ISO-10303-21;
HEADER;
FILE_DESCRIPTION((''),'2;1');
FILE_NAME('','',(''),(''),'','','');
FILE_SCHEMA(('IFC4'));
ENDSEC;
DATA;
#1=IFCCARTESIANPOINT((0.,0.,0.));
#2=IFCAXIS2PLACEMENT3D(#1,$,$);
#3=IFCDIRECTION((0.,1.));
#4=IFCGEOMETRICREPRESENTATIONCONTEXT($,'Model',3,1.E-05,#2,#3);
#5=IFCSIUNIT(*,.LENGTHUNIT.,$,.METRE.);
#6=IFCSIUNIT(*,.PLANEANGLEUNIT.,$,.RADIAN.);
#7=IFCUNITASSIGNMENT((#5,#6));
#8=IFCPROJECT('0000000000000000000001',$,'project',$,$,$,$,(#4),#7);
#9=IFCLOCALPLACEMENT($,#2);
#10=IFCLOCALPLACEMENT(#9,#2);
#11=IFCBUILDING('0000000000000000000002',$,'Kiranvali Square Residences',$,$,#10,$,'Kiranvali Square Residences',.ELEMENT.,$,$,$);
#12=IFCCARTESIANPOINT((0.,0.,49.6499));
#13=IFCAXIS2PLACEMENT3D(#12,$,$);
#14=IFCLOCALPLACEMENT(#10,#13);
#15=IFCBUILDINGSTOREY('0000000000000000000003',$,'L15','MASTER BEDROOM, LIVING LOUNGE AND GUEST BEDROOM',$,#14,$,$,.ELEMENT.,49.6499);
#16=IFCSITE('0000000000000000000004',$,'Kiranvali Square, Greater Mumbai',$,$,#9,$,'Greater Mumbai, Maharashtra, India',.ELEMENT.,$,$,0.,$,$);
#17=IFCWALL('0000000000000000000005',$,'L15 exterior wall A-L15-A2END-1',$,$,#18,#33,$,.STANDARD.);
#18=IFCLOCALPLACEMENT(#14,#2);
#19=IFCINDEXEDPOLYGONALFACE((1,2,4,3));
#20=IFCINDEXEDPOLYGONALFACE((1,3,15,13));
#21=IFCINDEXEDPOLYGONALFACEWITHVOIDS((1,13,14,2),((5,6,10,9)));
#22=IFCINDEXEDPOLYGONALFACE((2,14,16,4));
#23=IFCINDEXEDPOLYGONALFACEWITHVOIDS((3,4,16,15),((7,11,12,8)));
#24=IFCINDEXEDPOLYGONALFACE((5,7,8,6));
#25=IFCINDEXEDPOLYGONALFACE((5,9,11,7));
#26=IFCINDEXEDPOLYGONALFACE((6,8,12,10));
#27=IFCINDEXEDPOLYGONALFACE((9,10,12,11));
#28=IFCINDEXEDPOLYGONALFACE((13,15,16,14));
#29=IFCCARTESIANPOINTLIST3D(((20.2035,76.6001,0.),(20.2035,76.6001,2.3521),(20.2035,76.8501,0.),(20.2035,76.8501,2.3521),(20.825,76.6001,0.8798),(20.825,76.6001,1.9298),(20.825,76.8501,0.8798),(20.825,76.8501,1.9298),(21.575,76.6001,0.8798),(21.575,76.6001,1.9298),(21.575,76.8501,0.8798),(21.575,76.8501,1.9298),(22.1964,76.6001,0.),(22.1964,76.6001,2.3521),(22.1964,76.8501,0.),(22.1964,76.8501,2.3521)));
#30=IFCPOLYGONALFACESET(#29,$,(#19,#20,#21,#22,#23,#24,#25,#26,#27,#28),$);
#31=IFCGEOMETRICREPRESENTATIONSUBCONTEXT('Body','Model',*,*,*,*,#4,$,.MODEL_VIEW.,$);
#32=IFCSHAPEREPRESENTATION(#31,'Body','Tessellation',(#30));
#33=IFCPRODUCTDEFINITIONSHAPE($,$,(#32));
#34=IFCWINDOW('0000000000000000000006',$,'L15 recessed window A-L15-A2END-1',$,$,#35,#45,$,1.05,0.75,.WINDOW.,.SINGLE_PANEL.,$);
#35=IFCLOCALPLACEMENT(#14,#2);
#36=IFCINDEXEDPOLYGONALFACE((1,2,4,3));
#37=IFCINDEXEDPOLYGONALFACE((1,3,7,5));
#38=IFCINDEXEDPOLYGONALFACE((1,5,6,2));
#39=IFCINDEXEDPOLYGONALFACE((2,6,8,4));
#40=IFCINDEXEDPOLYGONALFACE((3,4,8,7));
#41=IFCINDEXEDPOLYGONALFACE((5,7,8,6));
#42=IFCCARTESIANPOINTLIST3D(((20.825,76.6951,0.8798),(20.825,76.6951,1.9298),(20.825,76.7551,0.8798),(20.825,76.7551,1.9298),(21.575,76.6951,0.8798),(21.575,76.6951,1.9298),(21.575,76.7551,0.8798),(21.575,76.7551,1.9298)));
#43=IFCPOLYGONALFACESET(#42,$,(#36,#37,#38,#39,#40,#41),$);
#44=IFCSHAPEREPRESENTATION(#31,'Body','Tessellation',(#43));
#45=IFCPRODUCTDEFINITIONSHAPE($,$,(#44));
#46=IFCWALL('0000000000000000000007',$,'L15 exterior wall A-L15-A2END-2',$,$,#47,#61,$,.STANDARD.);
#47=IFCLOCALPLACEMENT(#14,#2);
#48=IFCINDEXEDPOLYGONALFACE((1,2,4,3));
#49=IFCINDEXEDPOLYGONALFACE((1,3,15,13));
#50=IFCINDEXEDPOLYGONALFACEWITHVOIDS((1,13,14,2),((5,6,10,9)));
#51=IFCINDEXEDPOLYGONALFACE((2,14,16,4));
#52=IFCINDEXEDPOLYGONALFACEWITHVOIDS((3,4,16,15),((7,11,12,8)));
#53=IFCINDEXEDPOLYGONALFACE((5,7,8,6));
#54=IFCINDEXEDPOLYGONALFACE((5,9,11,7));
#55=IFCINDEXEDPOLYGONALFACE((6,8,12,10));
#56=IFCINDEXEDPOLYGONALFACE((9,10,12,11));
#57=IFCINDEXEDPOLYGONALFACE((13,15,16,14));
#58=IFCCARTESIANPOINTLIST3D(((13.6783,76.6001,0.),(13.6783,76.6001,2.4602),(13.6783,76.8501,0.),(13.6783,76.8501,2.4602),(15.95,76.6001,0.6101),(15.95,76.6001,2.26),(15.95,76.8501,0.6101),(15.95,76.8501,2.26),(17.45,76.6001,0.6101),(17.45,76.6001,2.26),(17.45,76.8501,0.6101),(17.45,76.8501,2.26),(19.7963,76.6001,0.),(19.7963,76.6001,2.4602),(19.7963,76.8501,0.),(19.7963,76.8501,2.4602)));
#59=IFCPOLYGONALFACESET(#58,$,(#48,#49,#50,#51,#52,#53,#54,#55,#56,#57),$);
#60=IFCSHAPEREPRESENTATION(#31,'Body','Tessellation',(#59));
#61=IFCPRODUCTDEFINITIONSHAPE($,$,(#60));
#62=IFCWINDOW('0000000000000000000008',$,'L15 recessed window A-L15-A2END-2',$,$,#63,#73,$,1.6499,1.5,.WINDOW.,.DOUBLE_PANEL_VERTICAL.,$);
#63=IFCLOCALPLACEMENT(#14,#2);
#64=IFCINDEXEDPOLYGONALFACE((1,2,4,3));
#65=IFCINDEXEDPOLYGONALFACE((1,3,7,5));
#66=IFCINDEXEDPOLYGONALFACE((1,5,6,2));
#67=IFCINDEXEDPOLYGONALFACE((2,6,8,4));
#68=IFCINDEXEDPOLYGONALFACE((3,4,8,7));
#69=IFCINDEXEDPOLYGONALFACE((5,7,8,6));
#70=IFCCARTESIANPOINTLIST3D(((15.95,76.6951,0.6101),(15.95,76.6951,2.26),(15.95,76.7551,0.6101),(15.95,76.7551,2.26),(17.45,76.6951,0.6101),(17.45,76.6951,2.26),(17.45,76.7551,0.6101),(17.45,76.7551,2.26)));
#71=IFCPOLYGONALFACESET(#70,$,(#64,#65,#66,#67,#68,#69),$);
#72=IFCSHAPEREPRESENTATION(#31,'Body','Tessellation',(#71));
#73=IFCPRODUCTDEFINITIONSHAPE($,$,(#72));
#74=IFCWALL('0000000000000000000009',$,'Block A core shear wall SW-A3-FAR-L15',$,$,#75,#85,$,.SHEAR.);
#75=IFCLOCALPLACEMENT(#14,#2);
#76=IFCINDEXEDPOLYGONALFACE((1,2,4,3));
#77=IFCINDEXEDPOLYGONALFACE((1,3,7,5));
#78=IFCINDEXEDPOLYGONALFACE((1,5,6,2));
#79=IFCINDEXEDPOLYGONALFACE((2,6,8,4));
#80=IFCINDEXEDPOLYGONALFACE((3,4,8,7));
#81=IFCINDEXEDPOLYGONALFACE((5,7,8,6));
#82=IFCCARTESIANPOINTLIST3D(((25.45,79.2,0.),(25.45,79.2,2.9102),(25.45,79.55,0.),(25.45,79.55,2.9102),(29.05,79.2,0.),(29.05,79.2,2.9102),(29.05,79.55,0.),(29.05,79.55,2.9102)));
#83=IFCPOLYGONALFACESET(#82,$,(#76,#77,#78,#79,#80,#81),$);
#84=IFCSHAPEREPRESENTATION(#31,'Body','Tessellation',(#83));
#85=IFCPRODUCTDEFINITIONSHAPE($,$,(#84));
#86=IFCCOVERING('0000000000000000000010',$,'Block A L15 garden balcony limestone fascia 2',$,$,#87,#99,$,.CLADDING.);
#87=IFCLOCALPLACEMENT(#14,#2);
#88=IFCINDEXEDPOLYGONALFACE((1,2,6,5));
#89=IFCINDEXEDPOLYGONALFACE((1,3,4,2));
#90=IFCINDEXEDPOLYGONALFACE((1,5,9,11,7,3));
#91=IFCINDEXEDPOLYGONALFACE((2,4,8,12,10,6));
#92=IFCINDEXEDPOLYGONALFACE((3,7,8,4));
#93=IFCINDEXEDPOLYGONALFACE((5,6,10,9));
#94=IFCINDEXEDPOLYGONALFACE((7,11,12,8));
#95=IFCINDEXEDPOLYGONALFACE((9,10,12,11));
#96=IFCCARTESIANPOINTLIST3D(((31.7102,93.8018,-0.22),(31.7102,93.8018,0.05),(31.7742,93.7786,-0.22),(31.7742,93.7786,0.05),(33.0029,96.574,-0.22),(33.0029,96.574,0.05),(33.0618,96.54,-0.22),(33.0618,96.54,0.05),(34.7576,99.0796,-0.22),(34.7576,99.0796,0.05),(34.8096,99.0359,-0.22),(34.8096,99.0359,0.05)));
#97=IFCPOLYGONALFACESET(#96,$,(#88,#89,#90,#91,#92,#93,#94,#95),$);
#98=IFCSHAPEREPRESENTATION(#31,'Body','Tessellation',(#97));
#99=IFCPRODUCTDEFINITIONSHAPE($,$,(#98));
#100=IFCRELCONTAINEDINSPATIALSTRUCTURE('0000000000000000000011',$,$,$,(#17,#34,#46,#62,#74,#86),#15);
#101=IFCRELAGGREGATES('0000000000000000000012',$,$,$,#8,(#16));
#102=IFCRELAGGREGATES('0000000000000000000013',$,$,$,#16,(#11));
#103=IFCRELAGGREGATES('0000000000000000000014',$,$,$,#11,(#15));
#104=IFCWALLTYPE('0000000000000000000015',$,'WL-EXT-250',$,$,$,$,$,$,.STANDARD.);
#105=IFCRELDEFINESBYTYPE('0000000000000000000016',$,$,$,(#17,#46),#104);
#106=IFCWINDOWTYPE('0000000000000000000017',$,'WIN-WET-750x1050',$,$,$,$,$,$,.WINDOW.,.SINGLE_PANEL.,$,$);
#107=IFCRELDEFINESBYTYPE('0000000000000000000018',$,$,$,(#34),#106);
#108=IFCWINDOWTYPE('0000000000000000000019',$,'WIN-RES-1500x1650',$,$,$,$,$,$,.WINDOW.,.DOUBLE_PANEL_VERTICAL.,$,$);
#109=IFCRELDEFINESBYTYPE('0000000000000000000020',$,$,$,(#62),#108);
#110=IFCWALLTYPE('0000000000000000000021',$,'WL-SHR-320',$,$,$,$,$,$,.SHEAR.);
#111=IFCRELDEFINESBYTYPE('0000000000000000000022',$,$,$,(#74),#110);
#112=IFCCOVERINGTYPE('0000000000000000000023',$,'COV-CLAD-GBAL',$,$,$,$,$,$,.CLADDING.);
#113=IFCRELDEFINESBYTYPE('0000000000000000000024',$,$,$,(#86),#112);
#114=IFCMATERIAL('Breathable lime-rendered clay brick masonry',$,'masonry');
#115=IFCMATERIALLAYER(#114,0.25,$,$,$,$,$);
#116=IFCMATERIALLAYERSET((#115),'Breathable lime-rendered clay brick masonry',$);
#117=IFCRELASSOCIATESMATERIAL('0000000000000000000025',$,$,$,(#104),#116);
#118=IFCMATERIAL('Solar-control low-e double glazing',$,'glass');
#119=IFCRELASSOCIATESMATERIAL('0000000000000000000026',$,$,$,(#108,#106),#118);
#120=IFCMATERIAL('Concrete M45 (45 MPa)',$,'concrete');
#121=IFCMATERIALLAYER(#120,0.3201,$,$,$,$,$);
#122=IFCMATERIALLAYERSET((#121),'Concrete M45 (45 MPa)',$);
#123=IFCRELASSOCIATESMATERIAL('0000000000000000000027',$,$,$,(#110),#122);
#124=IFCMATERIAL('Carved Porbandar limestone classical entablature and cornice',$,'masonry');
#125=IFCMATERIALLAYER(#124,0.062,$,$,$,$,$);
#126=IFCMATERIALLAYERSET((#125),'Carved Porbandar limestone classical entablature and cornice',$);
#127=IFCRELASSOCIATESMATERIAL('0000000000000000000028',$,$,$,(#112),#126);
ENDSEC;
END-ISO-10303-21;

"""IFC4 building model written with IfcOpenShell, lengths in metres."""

from ifc_helpers import new_model, si_unit, direction, frame, frame_2d, origin, place, context, subcontext, project, spatial, polyline, rectangle, outline, extrude, material, layer, layer_set, type_object, element, fill, save


model = new_model("IFC4")

# Units and contexts
model_context = context("Model", 3, precision=1e-05, world=origin(), true_north=direction((0.0, 1.0)))
body_context = subcontext(model_context, "Body", "Model", "MODEL_VIEW")
ifc_project = project(units=[si_unit("LENGTHUNIT", "METRE"), si_unit("PLANEANGLEUNIT", "RADIAN")], contexts=[model_context])

# Site, building, storey
site_placement = place(None, origin())
site = spatial("IfcSite", under=ifc_project, at=site_placement, Name="Kiranvali Square, Greater Mumbai", LongName="Greater Mumbai, Maharashtra, India", CompositionType="ELEMENT", RefElevation=0.0)
building_placement = place(site_placement, origin())
building = spatial("IfcBuilding", under=site, at=building_placement, Name="Kiranvali Square Residences", LongName="Kiranvali Square Residences", CompositionType="ELEMENT")
storey_placement = place(building_placement, frame((0.0, 0.0, 49.6499)))
storey = spatial("IfcBuildingStorey", under=building, at=storey_placement, Name="L15", Description="MASTER BEDROOM, LIVING LOUNGE AND GUEST BEDROOM", CompositionType="ELEMENT", Elevation=49.6499)

# Walls, openings, windows
ifc_material_1 = material(Name="Breathable lime-rendered clay brick masonry", Category="masonry")
ifc_layer_1 = layer(ifc_material_1, 0.25)
ifc_layer_set_1 = layer_set([ifc_layer_1], Name="Breathable lime-rendered clay brick masonry")
wall_type_1 = type_object("IfcWallType", Name="WL-EXT-250", PredefinedType="STANDARD", material=ifc_layer_set_1)
ifc_material_2 = material(Name="Solar-control low-e double glazing", Category="glass")
window_type_1 = type_object("IfcWindowType", Name="WIN-RES-1500x1650", PartitioningType="DOUBLE_PANEL_VERTICAL", PredefinedType="WINDOW", material=ifc_material_2)
wall_1_placement = place(storey_placement, frame((22.1965, 76.7251, 0.0), z_axis=(0.0, 0.0, 1.0), x_axis=(-1.0, 0.0, 0.0)))
wall_1 = element("IfcWall", 1, at=wall_1_placement, inside=storey, type_object=wall_type_1, Name="L15 exterior wall A-L15-A2END-1", PredefinedType="STANDARD", context=body_context, shape_type="SweptSolid", body=[
    extrude(rectangle(XDim=1.9929, YDim=0.25, at=frame_2d((0.9966, 0.0))), origin(), (0.0, 0.0, 1.0), 2.3521),
])
opening_1_placement = place(wall_1_placement, frame((0.6216, 0.0, 0.8799)))
opening_1 = element("IfcOpeningElement", 2, at=opening_1_placement, cuts=wall_1, PredefinedType="OPENING", context=body_context, shape_type="SweptSolid", body=[
    extrude(rectangle(XDim=0.75, YDim=1.05, at=frame_2d((0.375, 0.5249))), frame((0.0, 0.135, 0.0), z_axis=(0.0, -1.0, 0.0), x_axis=(1.0, 0.0, 0.0)), (0.0, 0.0, 1.0), 0.27),
])
window_type_2 = type_object("IfcWindowType", Name="WIN-WET-750x1050", PartitioningType="SINGLE_PANEL", PredefinedType="WINDOW", material=ifc_material_2)
window_1_placement = place(opening_1_placement, origin())
window_1 = element("IfcWindow", 3, at=window_1_placement, inside=storey, type_object=window_type_2, Name="L15 recessed window A-L15-A2END-1", OverallHeight=1.05, OverallWidth=0.75, PartitioningType="SINGLE_PANEL", PredefinedType="WINDOW", context=body_context, shape_type="SweptSolid", body=[
    extrude(rectangle(XDim=0.75, YDim=1.05, at=frame_2d((0.375, 0.5249))), frame((0.0, 0.03, 0.0), z_axis=(0.0, -1.0, 0.0), x_axis=(1.0, 0.0, 0.0)), (0.0, 0.0, 1.0), 0.0601),
])
fill(opening_1, window_1)
wall_2_placement = place(storey_placement, frame((19.7964, 76.7251, 0.0), z_axis=(0.0, 0.0, 1.0), x_axis=(-1.0, 0.0, 0.0)))
wall_2 = element("IfcWall", 4, at=wall_2_placement, inside=storey, type_object=wall_type_1, Name="L15 exterior wall A-L15-A2END-2", PredefinedType="STANDARD", context=body_context, shape_type="SweptSolid", body=[
    extrude(rectangle(XDim=6.1179, YDim=0.25, at=frame_2d((3.0591, 0.0))), origin(), (0.0, 0.0, 1.0), 2.4602),
])
opening_2_placement = place(wall_2_placement, frame((2.3464, 0.0, 0.6101)))
opening_2 = element("IfcOpeningElement", 5, at=opening_2_placement, cuts=wall_2, PredefinedType="OPENING", context=body_context, shape_type="SweptSolid", body=[
    extrude(rectangle(XDim=1.5, YDim=1.6499, at=frame_2d((0.75, 0.825))), frame((0.0, 0.135, 0.0), z_axis=(0.0, -1.0, 0.0), x_axis=(1.0, 0.0, 0.0)), (0.0, 0.0, 1.0), 0.27),
])
window_2_placement = place(opening_2_placement, origin())
window_2 = element("IfcWindow", 6, at=window_2_placement, inside=storey, type_object=window_type_1, Name="L15 recessed window A-L15-A2END-2", OverallHeight=1.6499, OverallWidth=1.5, PartitioningType="DOUBLE_PANEL_VERTICAL", PredefinedType="WINDOW", context=body_context, shape_type="SweptSolid", body=[
    extrude(rectangle(XDim=1.5, YDim=1.6499, at=frame_2d((0.75, 0.825))), frame((0.0, 0.03, 0.0), z_axis=(0.0, -1.0, 0.0), x_axis=(1.0, 0.0, 0.0)), (0.0, 0.0, 1.0), 0.0601),
])
fill(opening_2, window_2)

# Wall
ifc_material_3 = material(Name="Concrete M45 (45 MPa)", Category="concrete")
ifc_layer_2 = layer(ifc_material_3, 0.3201)
ifc_layer_set_2 = layer_set([ifc_layer_2], Name="Concrete M45 (45 MPa)")
wall_type_2 = type_object("IfcWallType", Name="WL-SHR-320", PredefinedType="SHEAR", material=ifc_layer_set_2)
wall_3_placement = place(storey_placement, frame((29.05, 79.375, 0.0), z_axis=(0.0, 0.0, 1.0), x_axis=(-1.0, 0.0, 0.0)))
element("IfcWall", 7, at=wall_3_placement, inside=storey, type_object=wall_type_2, Name="Block A core shear wall SW-A3-FAR-L15", PredefinedType="SHEAR", context=body_context, shape_type="SweptSolid", body=[
    extrude(rectangle(XDim=3.6001, YDim=0.3501, at=frame_2d((1.8, 0.0))), origin(), (0.0, 0.0, 1.0), 2.9102),
])

# Covering
ifc_material_4 = material(Name="Carved Porbandar limestone classical entablature and cornice", Category="masonry")
ifc_layer_3 = layer(ifc_material_4, 0.062)
ifc_layer_set_3 = layer_set([ifc_layer_3], Name="Carved Porbandar limestone classical entablature and cornice")
covering_type = type_object("IfcCoveringType", Name="COV-CLAD-GBAL", PredefinedType="CLADDING", material=ifc_layer_set_3)
covering_placement = place(storey_placement, frame((0.0, 0.0, -0.22)))
element("IfcCovering", 8, at=covering_placement, inside=storey, type_object=covering_type, Name="Block A L15 garden balcony limestone fascia 2", PredefinedType="CLADDING", context=body_context, shape_type="SweptSolid", body=[
    extrude(outline(polyline([(34.7576, 99.0796), (33.0029, 96.574), (31.7102, 93.8018), (31.7742, 93.7786), (33.0618, 96.54), (34.8096, 99.0359), (34.7576, 99.0796)])), origin(), (0.0, 0.0, 1.0), 0.27),
])

save(model, "model.ifc")
